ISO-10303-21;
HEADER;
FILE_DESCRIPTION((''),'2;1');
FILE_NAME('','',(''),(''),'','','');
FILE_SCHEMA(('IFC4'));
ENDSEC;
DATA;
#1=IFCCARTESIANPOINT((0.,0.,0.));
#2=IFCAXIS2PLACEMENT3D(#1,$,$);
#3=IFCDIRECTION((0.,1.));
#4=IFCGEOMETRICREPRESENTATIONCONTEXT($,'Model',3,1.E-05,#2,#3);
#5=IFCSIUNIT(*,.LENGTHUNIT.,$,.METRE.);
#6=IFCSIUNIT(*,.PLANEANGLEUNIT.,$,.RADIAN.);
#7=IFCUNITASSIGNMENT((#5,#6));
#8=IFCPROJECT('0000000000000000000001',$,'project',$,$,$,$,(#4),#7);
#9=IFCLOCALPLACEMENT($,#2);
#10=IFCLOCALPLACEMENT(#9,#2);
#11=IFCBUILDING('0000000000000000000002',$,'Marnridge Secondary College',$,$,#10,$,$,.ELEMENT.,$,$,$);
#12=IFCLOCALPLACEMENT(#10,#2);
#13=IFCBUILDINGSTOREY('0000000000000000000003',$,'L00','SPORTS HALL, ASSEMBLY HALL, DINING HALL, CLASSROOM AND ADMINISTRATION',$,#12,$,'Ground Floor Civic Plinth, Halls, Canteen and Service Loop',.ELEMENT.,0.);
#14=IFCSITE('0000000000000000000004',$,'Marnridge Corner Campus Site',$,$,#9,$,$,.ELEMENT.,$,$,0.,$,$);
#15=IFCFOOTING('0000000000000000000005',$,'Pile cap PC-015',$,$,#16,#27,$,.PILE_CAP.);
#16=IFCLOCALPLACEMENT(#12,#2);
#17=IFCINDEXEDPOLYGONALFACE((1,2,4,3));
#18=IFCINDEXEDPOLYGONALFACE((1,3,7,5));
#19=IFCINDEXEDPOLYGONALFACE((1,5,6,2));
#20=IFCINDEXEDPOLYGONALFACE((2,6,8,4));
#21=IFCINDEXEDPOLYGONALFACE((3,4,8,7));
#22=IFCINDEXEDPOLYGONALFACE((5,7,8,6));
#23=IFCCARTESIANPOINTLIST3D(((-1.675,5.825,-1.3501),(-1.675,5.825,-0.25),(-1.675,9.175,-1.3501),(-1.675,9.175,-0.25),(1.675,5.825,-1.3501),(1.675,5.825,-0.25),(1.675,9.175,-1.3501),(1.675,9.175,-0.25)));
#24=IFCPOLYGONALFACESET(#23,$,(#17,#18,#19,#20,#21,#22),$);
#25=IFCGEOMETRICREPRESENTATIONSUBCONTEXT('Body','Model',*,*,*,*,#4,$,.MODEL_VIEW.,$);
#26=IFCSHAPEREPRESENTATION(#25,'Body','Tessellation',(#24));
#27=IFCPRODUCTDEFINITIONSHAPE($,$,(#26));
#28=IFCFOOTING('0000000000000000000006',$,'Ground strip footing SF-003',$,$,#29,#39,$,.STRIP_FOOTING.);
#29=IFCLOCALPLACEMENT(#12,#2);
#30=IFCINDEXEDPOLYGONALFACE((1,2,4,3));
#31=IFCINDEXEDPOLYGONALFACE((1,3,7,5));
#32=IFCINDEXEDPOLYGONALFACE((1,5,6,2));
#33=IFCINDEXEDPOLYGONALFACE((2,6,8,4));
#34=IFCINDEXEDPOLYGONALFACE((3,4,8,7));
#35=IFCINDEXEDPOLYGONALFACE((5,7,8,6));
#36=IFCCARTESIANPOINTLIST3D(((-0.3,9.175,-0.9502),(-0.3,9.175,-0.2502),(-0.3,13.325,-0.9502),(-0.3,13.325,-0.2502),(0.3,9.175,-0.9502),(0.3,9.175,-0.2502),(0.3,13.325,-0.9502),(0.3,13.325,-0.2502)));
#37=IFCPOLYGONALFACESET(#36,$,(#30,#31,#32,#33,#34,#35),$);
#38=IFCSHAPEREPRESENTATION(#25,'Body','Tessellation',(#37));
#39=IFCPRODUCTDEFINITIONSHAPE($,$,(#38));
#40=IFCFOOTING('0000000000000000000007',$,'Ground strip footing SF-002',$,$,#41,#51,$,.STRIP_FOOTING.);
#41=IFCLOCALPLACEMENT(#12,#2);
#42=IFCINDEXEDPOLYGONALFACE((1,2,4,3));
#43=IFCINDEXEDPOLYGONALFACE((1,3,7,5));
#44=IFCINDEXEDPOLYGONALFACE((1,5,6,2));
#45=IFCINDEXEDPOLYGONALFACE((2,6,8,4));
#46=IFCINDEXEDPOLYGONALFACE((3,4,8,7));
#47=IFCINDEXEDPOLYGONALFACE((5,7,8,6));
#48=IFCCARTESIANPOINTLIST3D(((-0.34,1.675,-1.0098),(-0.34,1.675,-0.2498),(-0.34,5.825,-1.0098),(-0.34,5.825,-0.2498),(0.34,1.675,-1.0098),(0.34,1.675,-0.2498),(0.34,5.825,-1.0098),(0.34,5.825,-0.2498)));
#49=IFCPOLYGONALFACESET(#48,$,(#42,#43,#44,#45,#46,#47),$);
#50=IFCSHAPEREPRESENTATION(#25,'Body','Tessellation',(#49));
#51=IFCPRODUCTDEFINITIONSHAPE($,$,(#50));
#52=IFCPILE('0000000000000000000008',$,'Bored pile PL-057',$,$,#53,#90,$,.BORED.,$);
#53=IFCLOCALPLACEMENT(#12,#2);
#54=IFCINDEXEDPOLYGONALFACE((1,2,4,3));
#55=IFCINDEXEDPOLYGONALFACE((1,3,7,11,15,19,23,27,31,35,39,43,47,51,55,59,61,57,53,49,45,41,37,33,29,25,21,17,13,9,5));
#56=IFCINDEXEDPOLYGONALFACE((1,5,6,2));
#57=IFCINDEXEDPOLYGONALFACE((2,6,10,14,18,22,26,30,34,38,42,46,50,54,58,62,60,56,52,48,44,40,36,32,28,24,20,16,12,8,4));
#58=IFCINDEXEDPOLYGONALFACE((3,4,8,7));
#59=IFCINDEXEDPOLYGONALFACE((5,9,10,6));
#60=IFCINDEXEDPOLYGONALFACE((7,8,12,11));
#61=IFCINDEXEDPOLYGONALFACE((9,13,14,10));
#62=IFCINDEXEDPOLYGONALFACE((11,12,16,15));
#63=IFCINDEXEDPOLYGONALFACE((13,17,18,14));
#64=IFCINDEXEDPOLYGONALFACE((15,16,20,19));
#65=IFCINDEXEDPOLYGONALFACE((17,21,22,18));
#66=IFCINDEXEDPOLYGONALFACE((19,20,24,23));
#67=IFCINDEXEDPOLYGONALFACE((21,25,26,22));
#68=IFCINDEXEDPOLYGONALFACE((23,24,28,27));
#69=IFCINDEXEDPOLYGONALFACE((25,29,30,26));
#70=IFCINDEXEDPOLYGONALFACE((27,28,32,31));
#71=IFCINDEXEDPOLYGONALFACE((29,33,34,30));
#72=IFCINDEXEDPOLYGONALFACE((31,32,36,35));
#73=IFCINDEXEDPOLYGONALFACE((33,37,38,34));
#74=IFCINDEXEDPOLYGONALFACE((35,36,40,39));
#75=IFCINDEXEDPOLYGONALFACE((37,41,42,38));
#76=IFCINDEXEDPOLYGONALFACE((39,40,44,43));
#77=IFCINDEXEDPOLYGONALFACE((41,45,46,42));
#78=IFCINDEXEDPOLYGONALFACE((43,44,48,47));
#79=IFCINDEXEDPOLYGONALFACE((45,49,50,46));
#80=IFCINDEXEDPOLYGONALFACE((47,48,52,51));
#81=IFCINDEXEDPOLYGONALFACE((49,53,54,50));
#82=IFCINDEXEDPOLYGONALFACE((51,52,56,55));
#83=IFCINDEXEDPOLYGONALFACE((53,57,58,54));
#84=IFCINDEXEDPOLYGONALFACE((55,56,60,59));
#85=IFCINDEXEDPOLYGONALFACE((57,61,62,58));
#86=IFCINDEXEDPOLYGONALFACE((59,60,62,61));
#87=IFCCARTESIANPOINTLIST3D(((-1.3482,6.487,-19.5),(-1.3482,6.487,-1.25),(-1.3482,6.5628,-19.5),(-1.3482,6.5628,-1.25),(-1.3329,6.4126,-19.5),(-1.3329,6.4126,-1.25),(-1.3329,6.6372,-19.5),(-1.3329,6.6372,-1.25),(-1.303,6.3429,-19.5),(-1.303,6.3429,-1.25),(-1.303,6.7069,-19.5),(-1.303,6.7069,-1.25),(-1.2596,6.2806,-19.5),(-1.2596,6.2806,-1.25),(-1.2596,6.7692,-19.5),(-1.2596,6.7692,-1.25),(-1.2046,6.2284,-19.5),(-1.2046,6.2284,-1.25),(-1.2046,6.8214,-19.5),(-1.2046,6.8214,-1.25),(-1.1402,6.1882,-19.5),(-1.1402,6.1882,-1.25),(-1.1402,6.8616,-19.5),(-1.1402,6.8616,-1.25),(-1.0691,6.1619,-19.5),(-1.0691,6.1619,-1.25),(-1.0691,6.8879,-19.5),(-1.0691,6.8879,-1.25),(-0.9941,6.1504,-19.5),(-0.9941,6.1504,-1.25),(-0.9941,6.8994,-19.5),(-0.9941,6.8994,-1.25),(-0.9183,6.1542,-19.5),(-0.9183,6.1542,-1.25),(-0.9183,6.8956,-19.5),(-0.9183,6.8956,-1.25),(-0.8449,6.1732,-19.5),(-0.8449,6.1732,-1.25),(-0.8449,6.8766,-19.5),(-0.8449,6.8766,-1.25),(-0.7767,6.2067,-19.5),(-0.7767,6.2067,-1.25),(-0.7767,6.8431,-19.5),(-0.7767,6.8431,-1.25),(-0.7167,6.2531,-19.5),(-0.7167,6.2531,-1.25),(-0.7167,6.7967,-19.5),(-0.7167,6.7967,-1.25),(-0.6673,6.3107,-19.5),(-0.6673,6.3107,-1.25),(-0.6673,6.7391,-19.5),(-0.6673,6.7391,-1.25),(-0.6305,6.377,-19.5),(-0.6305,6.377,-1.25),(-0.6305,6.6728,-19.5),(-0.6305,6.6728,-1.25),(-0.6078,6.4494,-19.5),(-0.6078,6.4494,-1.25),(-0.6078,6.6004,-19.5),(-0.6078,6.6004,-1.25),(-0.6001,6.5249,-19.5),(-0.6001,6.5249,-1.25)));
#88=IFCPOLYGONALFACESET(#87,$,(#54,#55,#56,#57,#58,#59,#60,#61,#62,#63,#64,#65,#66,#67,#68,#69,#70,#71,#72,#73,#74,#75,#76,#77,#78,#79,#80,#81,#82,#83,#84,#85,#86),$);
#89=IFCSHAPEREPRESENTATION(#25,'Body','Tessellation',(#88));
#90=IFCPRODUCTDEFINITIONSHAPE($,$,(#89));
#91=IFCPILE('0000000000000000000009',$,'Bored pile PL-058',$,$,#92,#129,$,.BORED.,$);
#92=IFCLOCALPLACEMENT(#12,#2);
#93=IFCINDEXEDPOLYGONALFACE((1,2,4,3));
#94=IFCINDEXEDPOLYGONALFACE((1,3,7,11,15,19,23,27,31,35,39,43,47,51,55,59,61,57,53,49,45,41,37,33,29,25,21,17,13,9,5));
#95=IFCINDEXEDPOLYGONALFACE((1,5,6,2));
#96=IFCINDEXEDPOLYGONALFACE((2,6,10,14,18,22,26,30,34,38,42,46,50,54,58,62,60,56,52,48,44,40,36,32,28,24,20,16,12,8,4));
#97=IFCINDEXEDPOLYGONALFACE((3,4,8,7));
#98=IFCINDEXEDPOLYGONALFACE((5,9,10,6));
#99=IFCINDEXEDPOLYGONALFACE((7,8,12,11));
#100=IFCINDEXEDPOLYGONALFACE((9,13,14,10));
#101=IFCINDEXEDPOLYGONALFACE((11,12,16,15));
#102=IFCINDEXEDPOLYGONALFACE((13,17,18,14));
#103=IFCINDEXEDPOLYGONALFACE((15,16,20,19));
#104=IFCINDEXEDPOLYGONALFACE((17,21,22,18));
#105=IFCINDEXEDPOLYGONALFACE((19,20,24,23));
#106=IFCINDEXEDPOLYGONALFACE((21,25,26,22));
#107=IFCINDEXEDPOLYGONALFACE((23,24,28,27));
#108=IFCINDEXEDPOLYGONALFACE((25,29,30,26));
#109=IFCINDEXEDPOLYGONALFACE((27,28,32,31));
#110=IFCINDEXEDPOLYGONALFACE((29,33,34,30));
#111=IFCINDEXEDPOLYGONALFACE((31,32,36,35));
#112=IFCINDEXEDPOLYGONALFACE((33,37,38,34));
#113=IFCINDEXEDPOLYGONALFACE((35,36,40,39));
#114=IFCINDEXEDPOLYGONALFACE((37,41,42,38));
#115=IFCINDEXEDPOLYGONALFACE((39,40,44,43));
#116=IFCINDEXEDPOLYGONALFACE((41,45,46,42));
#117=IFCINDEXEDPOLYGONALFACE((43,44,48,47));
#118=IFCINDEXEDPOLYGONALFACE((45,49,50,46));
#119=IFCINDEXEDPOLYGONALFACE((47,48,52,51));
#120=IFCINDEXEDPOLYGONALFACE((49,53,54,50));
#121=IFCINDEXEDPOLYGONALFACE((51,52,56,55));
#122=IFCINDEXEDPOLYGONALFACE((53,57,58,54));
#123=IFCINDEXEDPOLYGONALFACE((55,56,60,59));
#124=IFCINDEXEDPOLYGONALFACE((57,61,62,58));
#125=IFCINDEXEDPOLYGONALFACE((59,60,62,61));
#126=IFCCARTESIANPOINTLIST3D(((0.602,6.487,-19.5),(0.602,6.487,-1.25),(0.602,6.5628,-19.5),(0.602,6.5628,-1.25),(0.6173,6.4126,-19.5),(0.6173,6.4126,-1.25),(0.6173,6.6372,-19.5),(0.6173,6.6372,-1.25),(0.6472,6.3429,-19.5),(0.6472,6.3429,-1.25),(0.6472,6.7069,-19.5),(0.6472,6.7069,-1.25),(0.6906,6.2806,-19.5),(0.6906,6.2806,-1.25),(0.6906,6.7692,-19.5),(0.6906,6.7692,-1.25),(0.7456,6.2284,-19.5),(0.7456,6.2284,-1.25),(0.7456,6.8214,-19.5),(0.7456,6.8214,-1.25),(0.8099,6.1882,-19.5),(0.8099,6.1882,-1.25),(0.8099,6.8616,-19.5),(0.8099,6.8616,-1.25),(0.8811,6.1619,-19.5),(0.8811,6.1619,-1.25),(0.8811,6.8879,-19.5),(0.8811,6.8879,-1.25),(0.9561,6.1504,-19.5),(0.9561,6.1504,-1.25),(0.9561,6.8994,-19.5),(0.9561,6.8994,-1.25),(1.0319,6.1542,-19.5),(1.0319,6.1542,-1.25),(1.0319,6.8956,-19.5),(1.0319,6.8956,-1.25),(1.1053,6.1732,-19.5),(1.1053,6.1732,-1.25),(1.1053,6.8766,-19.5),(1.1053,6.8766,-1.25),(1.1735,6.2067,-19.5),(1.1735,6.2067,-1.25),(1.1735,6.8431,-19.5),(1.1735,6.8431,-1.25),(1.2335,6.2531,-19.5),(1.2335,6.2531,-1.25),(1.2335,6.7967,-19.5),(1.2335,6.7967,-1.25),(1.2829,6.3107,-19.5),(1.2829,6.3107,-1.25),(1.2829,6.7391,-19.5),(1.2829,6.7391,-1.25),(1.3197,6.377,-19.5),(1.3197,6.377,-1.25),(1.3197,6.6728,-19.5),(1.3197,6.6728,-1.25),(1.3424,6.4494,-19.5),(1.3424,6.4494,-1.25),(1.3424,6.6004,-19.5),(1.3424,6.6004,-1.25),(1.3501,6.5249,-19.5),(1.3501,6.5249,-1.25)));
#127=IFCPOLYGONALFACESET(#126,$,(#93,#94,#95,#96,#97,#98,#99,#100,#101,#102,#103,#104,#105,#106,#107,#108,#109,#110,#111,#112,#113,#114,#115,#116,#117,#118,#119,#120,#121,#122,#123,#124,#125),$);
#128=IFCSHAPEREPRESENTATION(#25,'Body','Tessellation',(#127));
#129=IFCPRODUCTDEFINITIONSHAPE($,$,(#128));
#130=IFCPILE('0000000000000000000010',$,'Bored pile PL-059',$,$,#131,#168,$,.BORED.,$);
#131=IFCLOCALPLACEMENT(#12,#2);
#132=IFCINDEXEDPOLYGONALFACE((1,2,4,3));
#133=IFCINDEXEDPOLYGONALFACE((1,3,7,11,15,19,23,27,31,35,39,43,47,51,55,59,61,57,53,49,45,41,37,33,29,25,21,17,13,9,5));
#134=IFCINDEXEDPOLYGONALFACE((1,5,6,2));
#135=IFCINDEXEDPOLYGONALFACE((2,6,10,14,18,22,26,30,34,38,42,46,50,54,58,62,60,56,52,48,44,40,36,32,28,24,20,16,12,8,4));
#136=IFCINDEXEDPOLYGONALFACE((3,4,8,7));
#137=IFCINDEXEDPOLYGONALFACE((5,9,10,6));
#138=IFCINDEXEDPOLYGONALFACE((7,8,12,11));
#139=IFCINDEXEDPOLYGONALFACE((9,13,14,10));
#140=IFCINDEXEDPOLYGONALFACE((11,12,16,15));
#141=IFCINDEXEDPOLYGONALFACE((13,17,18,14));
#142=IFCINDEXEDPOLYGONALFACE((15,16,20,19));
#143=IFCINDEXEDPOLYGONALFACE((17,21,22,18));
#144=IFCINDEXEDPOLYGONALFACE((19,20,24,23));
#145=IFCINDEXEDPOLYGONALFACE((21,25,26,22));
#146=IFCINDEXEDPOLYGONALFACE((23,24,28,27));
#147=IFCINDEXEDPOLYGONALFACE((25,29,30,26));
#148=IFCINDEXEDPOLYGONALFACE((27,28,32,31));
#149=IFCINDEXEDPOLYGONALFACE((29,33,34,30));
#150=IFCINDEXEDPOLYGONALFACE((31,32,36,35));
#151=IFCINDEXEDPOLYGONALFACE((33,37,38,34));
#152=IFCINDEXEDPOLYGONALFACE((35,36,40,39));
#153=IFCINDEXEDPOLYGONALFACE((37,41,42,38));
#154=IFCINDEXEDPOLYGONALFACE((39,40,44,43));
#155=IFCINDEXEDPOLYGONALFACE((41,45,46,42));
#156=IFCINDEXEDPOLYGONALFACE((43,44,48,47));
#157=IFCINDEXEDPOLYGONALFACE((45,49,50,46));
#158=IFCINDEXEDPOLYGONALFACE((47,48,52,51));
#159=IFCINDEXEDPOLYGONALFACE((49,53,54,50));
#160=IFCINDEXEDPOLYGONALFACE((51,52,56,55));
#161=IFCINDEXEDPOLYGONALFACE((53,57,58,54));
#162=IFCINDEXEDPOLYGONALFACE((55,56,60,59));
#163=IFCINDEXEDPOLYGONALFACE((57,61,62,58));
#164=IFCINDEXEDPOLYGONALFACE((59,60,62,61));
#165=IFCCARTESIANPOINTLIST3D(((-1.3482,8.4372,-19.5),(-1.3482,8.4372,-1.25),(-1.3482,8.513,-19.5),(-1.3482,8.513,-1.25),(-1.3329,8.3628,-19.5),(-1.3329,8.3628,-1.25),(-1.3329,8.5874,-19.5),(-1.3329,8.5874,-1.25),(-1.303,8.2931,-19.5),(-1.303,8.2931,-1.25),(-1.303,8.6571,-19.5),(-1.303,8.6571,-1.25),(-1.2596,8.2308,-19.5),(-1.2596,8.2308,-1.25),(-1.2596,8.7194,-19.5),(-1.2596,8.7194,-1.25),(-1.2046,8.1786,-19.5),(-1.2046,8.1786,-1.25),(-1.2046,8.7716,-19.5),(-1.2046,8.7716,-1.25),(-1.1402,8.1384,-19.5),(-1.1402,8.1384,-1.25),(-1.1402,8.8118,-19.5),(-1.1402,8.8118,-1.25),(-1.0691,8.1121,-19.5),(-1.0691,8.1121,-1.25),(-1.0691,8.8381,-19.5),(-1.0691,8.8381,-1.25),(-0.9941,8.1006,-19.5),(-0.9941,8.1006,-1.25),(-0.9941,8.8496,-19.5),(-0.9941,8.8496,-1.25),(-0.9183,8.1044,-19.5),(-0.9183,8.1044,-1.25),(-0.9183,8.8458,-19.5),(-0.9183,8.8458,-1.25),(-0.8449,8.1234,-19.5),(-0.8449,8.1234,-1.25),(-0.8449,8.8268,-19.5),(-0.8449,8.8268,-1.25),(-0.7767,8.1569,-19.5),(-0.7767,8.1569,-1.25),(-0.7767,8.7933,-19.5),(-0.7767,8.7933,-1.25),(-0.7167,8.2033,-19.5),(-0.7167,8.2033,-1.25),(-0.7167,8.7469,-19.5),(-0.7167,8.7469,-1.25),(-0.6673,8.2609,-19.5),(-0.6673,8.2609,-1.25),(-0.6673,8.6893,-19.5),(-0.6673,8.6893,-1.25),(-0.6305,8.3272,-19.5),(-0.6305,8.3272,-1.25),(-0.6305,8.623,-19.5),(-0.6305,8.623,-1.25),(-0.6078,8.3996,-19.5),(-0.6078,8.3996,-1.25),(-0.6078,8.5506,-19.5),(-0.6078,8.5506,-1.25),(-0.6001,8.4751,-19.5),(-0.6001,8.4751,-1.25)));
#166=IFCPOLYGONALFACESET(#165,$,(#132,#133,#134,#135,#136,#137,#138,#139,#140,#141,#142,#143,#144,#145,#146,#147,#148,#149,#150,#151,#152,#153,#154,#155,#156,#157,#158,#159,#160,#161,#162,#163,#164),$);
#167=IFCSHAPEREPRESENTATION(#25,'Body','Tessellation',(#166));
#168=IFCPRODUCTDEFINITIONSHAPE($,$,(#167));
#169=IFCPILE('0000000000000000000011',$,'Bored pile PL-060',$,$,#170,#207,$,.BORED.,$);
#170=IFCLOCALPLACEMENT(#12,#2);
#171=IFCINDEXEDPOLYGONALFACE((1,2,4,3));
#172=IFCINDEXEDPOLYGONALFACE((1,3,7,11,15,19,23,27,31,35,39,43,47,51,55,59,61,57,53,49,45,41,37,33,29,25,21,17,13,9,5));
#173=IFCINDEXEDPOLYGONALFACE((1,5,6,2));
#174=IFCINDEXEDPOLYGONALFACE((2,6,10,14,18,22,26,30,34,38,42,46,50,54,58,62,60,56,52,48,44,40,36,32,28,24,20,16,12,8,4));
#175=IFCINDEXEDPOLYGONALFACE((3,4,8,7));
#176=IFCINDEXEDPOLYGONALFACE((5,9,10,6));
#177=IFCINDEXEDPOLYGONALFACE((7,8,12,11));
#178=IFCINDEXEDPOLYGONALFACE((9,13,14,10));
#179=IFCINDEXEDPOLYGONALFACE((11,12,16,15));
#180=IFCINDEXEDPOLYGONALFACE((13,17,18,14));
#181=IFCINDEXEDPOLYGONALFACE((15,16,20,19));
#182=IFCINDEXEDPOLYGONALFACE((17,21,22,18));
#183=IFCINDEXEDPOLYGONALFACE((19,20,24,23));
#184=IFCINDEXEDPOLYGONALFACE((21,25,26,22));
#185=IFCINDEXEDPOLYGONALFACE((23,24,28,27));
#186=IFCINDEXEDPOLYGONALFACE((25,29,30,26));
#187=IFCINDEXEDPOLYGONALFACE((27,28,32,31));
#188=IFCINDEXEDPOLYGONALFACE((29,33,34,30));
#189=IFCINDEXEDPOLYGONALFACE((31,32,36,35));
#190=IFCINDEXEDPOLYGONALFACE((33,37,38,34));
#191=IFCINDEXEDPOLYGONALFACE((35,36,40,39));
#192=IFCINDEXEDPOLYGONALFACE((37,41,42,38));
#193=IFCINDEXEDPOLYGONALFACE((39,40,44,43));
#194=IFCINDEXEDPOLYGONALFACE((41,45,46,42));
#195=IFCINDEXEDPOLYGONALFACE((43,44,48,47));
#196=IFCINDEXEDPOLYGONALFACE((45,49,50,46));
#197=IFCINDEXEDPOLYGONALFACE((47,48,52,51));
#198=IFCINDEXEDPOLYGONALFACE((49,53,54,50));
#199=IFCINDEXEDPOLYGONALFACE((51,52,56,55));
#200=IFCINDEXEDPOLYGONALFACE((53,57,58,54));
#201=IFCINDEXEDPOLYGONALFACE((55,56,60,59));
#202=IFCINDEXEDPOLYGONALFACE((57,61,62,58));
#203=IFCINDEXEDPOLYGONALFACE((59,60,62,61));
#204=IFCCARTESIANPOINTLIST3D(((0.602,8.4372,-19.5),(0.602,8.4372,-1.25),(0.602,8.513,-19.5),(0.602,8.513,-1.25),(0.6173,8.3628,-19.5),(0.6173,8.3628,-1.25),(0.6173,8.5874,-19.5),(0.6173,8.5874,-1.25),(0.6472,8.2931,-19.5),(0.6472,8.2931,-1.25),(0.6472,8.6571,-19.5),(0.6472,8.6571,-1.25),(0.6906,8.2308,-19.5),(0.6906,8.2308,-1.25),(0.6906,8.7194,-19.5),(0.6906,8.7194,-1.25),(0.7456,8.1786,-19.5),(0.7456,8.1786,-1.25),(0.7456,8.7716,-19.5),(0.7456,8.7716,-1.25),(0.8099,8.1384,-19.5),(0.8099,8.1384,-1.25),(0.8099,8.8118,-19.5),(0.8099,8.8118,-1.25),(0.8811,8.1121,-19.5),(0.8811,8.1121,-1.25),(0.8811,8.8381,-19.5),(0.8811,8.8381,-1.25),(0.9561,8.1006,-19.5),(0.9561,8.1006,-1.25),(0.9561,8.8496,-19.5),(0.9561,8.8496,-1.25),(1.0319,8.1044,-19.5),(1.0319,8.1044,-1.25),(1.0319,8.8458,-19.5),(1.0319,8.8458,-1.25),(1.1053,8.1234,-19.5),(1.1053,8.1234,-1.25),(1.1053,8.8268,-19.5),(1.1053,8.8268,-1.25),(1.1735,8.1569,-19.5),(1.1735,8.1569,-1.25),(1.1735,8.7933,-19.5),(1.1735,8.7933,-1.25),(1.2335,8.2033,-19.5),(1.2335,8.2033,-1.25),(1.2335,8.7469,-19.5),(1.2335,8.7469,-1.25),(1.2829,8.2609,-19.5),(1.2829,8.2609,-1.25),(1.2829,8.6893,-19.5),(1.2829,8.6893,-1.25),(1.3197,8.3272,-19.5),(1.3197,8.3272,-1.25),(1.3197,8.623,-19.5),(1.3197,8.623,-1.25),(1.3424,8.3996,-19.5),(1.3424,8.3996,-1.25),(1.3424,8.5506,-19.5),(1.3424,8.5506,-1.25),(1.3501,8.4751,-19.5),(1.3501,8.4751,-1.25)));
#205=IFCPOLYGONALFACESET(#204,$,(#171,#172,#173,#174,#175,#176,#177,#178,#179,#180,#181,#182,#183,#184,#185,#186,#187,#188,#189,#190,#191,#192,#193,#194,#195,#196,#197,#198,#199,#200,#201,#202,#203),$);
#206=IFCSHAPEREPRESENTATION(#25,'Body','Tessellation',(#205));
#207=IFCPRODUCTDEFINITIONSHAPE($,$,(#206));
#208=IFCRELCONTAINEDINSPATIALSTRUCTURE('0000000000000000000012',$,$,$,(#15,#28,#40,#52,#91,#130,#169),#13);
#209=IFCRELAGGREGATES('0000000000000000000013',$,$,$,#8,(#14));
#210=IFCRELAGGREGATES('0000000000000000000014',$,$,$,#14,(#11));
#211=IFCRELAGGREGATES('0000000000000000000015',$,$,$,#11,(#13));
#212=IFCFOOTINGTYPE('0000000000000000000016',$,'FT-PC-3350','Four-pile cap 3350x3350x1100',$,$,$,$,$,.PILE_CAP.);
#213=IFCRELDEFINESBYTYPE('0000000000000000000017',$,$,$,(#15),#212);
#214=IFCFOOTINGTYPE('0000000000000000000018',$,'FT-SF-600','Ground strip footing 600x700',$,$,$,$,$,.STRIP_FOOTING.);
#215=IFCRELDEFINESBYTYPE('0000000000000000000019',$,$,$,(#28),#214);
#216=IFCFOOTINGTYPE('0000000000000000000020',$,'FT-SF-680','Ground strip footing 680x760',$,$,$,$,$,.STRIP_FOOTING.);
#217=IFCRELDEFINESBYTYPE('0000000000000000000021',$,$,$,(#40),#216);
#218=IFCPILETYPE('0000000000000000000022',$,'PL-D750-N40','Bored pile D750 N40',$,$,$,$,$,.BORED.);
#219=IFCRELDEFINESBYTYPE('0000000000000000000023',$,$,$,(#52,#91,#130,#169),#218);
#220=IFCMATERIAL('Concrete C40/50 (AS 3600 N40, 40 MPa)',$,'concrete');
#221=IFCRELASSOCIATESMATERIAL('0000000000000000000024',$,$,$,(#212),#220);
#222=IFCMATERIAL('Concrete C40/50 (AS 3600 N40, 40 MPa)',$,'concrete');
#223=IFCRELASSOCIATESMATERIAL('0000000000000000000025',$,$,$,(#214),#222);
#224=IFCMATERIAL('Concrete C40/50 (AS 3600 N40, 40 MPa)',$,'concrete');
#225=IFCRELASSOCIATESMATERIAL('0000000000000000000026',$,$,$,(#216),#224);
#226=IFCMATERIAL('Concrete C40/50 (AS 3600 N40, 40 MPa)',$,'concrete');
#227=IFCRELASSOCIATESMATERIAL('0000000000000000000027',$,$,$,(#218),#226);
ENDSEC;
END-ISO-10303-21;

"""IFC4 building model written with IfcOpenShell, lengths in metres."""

from ifc_helpers import new_model, si_unit, direction, frame, origin, origin_2d, place, context, subcontext, project, spatial, rectangle, circle, extrude, material, material_profile, profile_set, type_object, element, save


model = new_model("IFC4")

# Units and contexts
model_context = context("Model", 3, precision=1e-05, world=origin(), true_north=direction((0.0, 1.0)))
body_context = subcontext(model_context, "Body", "Model", "MODEL_VIEW")
ifc_project = project(units=[si_unit("LENGTHUNIT", "METRE"), si_unit("PLANEANGLEUNIT", "RADIAN")], contexts=[model_context])

# Site, building, storey
site_placement = place(None, origin())
site = spatial("IfcSite", under=ifc_project, at=site_placement, Name="Marnridge Corner Campus Site", CompositionType="ELEMENT", RefElevation=0.0)
building_placement = place(site_placement, origin())
building = spatial("IfcBuilding", under=site, at=building_placement, Name="Marnridge Secondary College", CompositionType="ELEMENT")
storey_placement = place(building_placement, origin())
storey = spatial("IfcBuildingStorey", under=building, at=storey_placement, Name="L00", Description="SPORTS HALL, ASSEMBLY HALL, DINING HALL, CLASSROOM AND ADMINISTRATION", LongName="Ground Floor Civic Plinth, Halls, Canteen and Service Loop", CompositionType="ELEMENT", Elevation=0.0)

# Footings
ifc_material_1 = material(Name="Concrete C40/50 (AS 3600 N40, 40 MPa)", Category="concrete")
footing_type_1 = type_object("IfcFootingType", Name="FT-PC-3350", Description="Four-pile cap 3350x3350x1100", PredefinedType="PILE_CAP", material=ifc_material_1)
footing_1_placement = place(storey_placement, frame((0.0, 7.5, -1.3501), z_axis=(0.0, 0.0, 1.0), x_axis=(1.0, 0.0, 0.0)))
element("IfcFooting", 1, at=footing_1_placement, inside=storey, type_object=footing_type_1, Name="Pile cap PC-015", PredefinedType="PILE_CAP", context=body_context, shape_type="SweptSolid", body=[
    extrude(rectangle(XDim=3.3501, YDim=3.3501, at=origin_2d()), origin(), (0.0, 0.0, 1.0), 1.1001),
])
ifc_material_2 = material(Name="Concrete C40/50 (AS 3600 N40, 40 MPa)", Category="concrete")
footing_type_2 = type_object("IfcFootingType", Name="FT-SF-600", Description="Ground strip footing 600x700", PredefinedType="STRIP_FOOTING", material=ifc_material_2)
footing_2_placement = place(storey_placement, frame((0.0, 11.25, -0.9502), z_axis=(0.0, 0.0, 1.0), x_axis=(1.0, 0.0, 0.0)))
element("IfcFooting", 2, at=footing_2_placement, inside=storey, type_object=footing_type_2, Name="Ground strip footing SF-003", PredefinedType="STRIP_FOOTING", context=body_context, shape_type="SweptSolid", body=[
    extrude(rectangle(XDim=0.6001, YDim=4.1499, at=origin_2d()), origin(), (0.0, 0.0, 1.0), 0.7),
])
ifc_material_3 = material(Name="Concrete C40/50 (AS 3600 N40, 40 MPa)", Category="concrete")
footing_type_3 = type_object("IfcFootingType", Name="FT-SF-680", Description="Ground strip footing 680x760", PredefinedType="STRIP_FOOTING", material=ifc_material_3)
footing_3_placement = place(storey_placement, frame((0.0, 3.75, -1.0098), z_axis=(0.0, 0.0, 1.0), x_axis=(1.0, 0.0, 0.0)))
element("IfcFooting", 3, at=footing_3_placement, inside=storey, type_object=footing_type_3, Name="Ground strip footing SF-002", PredefinedType="STRIP_FOOTING", context=body_context, shape_type="SweptSolid", body=[
    extrude(rectangle(XDim=0.6799, YDim=4.1499, at=origin_2d()), origin(), (0.0, 0.0, 1.0), 0.76),
])

# Piles
ifc_material_4 = material(Name="Concrete C40/50 (AS 3600 N40, 40 MPa)", Category="concrete")
ifc_material_profile_1 = material_profile(ifc_material_4, circle(Radius=0.375, at=origin_2d()), Name="PILE D750")
ifc_profile_set_1 = profile_set([ifc_material_profile_1], Name="Concrete C40/50 (AS 3600 N40, 40 MPa)")
pile_type = type_object("IfcPileType", Name="PL-D750-N40", Description="Bored pile D750 N40", PredefinedType="BORED", material=ifc_profile_set_1)
for number, where, z_axis, x_axis, name in (
    (4, (-0.9751, 6.5249, -1.25), (0.0, 0.0, -1.0), (1.0, 0.0, 0.0), "Bored pile PL-057"),
    (5, (0.9751, 6.5249, -1.25), (0.0, 0.0, -1.0), (1.0, 0.0, 0.0), "Bored pile PL-058"),
    (6, (-0.9751, 8.4751, -1.25), (0.0, 0.0, -1.0), (1.0, 0.0, 0.0), "Bored pile PL-059"),
    (7, (0.9751, 8.4751, -1.25), (0.0, 0.0, -1.0), (1.0, 0.0, 0.0), "Bored pile PL-060"),
):
    element("IfcPile", number, at=place(storey_placement, frame(where, z_axis=z_axis, x_axis=x_axis)), inside=storey, type_object=pile_type, Name=name, PredefinedType="BORED", context=body_context, shape_type="SweptSolid", body=[
        extrude(circle(Radius=0.375, at=origin_2d()), origin(), (0.0, 0.0, 1.0), 18.25),
    ])

save(model, "model.ifc")
